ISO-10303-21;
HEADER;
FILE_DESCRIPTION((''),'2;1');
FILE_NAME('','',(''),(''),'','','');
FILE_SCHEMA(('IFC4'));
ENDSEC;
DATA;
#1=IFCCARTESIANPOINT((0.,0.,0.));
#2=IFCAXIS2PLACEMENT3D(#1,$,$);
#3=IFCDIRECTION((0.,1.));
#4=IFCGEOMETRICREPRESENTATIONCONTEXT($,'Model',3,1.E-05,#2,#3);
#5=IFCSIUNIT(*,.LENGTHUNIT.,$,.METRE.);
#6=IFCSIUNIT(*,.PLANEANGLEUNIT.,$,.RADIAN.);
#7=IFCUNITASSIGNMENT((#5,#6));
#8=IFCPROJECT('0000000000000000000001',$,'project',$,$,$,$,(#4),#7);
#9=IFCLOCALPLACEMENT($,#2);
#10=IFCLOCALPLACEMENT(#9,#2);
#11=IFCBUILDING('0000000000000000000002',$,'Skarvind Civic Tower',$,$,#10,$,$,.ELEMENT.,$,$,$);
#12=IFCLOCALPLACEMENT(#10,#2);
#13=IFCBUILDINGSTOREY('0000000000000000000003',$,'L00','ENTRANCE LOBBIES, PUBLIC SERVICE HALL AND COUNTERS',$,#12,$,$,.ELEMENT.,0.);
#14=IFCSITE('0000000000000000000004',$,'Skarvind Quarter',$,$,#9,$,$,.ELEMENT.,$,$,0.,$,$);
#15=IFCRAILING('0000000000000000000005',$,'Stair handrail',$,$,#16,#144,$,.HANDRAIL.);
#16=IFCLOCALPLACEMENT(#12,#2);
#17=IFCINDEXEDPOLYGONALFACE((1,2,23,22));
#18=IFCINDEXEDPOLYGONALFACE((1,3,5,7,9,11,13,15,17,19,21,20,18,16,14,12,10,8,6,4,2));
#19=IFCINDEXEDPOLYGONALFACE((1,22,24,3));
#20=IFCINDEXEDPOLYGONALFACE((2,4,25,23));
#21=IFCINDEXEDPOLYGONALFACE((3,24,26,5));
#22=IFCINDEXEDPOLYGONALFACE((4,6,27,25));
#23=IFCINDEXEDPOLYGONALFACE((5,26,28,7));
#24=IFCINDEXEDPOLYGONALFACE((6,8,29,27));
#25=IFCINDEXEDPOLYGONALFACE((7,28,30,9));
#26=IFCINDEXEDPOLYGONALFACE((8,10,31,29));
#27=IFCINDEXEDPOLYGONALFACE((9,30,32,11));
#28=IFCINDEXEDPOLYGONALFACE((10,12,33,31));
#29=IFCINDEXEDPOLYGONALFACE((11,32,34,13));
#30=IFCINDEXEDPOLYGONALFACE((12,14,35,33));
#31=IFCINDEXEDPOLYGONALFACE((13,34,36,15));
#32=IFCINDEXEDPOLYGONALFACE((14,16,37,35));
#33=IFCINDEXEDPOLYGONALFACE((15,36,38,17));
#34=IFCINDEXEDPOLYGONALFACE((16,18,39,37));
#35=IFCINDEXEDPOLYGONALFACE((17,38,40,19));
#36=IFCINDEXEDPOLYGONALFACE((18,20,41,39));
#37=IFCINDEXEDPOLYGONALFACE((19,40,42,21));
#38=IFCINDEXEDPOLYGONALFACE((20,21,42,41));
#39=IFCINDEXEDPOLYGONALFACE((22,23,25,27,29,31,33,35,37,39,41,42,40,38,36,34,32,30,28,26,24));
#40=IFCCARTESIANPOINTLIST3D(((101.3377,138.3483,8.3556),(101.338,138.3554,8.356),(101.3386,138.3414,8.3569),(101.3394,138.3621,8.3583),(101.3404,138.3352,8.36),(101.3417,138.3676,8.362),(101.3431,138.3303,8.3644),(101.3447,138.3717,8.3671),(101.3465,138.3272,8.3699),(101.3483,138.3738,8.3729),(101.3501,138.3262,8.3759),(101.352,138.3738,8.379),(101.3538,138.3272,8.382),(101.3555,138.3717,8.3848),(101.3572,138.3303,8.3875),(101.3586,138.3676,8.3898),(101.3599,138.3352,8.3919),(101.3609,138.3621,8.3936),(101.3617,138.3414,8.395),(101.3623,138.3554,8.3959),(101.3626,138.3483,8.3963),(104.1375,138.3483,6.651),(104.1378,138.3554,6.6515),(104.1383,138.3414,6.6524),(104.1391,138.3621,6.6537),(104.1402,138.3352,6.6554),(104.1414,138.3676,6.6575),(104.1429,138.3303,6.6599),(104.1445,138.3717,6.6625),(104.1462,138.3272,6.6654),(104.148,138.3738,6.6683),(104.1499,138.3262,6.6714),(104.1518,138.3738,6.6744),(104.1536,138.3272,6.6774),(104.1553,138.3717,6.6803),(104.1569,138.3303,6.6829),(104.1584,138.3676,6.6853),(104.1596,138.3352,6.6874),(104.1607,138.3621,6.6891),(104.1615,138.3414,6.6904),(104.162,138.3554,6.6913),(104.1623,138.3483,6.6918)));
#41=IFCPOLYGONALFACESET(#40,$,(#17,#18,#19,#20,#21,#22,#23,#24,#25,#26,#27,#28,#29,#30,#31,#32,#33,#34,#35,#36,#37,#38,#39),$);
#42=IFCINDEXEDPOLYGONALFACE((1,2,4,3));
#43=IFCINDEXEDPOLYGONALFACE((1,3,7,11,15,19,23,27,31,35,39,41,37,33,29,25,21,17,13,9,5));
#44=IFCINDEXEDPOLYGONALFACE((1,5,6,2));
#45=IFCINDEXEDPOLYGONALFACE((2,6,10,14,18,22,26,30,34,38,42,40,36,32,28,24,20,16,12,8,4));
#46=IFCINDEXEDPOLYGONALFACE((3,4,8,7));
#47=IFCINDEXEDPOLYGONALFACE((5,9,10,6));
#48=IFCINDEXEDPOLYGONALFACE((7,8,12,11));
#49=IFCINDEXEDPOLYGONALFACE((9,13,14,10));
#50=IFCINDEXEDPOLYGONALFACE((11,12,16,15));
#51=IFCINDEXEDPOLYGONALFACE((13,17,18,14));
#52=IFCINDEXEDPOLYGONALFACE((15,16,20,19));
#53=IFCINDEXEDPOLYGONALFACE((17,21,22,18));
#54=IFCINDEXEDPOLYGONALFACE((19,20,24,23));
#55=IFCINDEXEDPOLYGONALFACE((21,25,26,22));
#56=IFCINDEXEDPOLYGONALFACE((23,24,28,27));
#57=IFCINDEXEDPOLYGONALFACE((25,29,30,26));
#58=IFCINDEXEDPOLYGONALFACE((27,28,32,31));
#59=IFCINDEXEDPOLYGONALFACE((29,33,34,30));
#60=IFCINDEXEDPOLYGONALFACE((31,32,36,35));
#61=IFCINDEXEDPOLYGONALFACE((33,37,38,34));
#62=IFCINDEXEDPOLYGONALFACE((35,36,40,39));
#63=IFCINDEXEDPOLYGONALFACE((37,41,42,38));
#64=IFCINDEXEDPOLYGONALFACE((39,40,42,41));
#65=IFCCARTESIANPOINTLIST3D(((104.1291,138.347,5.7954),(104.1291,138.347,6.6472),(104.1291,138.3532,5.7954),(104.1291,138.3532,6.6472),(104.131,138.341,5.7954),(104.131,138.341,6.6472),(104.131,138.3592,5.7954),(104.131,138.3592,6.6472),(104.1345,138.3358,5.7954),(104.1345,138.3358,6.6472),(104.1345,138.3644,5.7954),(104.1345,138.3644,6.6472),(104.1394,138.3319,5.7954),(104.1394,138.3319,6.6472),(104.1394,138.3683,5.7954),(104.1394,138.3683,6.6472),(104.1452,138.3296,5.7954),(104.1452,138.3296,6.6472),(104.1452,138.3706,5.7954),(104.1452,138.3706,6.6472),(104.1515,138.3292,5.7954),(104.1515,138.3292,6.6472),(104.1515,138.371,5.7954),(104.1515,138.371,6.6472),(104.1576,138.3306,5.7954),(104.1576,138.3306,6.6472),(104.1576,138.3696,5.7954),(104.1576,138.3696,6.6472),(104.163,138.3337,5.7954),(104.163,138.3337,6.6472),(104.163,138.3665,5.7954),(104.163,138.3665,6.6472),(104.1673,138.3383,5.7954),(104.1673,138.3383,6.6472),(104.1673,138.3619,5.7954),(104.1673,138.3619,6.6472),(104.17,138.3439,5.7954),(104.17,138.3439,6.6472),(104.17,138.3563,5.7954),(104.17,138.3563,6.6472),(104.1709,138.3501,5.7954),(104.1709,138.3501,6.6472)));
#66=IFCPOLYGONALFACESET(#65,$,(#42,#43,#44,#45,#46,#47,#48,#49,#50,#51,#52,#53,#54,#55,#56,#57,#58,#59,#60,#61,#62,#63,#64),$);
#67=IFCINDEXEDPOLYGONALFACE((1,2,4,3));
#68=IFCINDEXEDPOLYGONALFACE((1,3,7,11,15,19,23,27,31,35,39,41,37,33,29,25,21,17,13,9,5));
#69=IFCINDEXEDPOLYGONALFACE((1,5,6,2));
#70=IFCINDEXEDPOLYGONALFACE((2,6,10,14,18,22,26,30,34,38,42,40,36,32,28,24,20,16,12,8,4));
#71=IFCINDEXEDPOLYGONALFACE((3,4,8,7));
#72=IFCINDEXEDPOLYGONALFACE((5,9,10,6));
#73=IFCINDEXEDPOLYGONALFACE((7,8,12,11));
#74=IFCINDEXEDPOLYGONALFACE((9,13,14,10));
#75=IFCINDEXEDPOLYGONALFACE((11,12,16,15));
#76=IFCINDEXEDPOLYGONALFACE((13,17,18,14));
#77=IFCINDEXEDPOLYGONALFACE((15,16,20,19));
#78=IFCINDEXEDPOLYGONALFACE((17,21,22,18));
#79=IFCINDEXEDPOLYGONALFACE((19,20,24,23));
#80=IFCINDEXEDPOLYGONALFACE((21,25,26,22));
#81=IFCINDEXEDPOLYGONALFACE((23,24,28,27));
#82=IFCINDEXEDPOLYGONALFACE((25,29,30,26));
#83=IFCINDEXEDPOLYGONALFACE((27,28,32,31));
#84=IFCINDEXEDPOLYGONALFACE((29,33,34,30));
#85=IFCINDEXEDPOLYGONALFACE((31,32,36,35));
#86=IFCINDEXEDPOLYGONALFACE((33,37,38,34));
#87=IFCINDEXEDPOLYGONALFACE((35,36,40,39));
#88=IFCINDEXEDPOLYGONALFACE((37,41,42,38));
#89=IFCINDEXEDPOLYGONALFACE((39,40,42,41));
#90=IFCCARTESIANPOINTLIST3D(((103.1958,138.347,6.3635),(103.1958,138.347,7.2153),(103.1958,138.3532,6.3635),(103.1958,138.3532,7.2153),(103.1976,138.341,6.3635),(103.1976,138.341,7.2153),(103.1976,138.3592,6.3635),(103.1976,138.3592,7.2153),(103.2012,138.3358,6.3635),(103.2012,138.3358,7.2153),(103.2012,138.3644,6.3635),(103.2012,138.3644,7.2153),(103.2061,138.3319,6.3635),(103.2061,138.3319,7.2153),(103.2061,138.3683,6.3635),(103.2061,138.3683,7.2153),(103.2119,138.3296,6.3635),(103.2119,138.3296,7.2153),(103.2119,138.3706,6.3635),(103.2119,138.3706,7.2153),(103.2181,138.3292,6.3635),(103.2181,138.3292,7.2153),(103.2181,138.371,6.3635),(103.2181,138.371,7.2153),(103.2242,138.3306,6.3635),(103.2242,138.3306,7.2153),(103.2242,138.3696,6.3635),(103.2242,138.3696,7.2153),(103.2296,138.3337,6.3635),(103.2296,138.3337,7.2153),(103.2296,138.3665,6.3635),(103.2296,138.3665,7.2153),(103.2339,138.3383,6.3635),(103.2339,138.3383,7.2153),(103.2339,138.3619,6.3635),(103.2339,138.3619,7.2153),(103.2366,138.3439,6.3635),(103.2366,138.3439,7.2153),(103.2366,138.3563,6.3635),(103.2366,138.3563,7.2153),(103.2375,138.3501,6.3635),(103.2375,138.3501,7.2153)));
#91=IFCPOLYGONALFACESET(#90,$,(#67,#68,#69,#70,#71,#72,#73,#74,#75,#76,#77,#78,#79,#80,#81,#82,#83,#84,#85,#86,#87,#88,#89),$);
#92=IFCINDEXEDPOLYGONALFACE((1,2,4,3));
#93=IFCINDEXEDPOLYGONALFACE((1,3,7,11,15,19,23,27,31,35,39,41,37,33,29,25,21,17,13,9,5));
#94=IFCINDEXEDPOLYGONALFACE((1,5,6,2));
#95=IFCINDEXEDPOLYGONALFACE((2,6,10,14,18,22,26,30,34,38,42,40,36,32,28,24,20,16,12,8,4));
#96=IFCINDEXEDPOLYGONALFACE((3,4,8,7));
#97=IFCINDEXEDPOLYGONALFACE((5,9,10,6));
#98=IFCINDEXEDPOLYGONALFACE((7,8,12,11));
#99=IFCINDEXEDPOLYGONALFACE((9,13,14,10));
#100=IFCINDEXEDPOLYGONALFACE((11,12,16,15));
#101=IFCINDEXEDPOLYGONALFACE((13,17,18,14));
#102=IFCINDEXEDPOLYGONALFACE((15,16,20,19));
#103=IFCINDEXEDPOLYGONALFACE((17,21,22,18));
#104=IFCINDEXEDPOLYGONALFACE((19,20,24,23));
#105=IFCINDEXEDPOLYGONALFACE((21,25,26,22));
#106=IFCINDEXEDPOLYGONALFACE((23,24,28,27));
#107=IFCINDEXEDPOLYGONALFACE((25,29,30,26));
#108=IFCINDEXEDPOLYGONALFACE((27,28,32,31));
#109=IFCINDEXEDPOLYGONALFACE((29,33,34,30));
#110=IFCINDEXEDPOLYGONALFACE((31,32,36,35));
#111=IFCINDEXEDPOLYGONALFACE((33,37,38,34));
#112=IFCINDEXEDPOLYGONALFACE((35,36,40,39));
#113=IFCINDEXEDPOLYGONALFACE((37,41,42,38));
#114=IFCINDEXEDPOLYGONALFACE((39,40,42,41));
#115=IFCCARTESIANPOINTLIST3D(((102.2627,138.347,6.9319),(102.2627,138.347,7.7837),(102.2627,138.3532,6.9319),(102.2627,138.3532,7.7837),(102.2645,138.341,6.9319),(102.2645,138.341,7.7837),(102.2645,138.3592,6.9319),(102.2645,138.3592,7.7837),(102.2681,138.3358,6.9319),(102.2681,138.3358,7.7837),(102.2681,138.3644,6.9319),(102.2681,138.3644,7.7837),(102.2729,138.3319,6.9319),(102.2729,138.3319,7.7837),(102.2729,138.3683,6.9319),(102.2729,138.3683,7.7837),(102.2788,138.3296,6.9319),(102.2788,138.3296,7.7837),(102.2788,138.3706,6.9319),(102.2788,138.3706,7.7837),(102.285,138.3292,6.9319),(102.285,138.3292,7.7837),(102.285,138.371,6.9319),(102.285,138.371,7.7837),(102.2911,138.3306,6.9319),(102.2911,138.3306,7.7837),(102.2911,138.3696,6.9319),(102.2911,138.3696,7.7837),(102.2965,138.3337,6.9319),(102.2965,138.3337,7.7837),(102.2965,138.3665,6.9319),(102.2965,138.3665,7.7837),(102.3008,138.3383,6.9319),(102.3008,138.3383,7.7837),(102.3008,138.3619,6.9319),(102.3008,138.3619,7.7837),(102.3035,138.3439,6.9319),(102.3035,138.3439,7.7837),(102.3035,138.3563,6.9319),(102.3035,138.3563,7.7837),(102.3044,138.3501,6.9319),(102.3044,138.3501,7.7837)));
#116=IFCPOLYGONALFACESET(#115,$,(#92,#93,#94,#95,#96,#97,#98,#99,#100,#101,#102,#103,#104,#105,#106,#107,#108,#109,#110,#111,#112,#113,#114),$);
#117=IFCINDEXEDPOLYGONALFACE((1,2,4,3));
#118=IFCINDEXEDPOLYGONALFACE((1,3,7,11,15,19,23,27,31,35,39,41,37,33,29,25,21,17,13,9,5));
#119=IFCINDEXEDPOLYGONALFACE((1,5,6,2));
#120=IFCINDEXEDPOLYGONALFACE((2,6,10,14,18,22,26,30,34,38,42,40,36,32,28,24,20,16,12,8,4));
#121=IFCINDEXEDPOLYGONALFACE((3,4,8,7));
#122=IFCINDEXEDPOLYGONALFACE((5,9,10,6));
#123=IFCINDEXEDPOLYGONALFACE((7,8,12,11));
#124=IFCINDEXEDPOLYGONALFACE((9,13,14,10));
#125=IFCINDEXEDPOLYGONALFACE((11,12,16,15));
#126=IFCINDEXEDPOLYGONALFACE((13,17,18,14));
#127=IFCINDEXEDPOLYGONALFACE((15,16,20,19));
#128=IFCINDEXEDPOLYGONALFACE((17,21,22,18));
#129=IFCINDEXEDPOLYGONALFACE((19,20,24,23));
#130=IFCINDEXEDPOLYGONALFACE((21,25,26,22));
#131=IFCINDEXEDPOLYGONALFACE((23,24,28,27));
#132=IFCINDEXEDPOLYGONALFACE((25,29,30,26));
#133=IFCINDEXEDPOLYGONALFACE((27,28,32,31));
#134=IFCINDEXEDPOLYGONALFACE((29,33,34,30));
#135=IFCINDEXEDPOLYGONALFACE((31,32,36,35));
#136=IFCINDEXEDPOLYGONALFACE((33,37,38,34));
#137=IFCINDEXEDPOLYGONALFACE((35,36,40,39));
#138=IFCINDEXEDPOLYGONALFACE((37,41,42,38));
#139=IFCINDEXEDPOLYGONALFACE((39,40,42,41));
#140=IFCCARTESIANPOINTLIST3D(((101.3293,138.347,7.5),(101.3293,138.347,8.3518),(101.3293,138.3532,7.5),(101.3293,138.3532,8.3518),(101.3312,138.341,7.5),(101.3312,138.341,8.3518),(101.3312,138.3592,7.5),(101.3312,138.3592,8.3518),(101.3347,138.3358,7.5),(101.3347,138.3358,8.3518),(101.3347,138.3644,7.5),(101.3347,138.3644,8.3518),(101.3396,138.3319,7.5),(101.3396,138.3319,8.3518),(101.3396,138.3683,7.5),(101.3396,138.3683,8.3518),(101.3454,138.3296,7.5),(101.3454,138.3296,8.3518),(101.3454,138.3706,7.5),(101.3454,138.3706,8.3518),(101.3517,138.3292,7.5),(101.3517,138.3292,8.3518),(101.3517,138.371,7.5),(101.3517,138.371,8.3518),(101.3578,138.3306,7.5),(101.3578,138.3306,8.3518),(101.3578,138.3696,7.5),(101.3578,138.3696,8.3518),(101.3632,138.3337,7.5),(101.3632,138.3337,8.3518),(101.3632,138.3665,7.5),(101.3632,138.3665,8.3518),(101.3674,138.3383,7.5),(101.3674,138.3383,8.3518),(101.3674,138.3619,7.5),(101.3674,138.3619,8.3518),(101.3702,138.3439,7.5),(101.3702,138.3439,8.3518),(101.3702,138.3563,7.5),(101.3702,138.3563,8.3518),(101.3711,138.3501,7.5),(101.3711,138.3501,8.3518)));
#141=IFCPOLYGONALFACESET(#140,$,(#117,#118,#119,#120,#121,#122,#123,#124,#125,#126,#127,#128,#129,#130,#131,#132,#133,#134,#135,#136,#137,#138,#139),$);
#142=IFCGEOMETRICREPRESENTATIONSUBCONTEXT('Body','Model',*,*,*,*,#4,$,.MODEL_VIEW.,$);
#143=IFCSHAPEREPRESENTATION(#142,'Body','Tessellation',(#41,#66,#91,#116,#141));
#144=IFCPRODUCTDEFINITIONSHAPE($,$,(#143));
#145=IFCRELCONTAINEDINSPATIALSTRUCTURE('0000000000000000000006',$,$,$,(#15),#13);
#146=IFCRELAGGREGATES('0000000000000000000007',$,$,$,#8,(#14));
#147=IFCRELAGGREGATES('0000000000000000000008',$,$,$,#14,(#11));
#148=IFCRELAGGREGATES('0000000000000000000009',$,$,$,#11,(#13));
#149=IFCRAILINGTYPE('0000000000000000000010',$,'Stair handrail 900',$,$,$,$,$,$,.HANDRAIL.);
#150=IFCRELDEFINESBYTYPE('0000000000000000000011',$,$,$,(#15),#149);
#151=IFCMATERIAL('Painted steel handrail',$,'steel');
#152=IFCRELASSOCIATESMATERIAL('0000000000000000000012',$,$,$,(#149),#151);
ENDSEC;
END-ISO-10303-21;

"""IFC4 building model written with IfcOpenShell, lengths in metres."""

from ifc_helpers import new_model, si_unit, direction, frame, origin, origin_2d, place, context, subcontext, project, spatial, circle, extrude, material, type_object, element, save


model = new_model("IFC4")

# Units and contexts
model_context = context("Model", 3, precision=1e-05, world=origin(), true_north=direction((0.0, 1.0)))
body_context = subcontext(model_context, "Body", "Model", "MODEL_VIEW")
ifc_project = project(units=[si_unit("LENGTHUNIT", "METRE"), si_unit("PLANEANGLEUNIT", "RADIAN")], contexts=[model_context])

# Site, building, storey
site_placement = place(None, origin())
site = spatial("IfcSite", under=ifc_project, at=site_placement, Name="Skarvind Quarter", CompositionType="ELEMENT", RefElevation=0.0)
building_placement = place(site_placement, origin())
building = spatial("IfcBuilding", under=site, at=building_placement, Name="Skarvind Civic Tower", CompositionType="ELEMENT")
storey_placement = place(building_placement, origin())
storey = spatial("IfcBuildingStorey", under=building, at=storey_placement, Name="L00", Description="ENTRANCE LOBBIES, PUBLIC SERVICE HALL AND COUNTERS", CompositionType="ELEMENT", Elevation=0.0)

# Railing
ifc_material_1 = material(Name="Painted steel handrail", Category="steel")
railing_type = type_object("IfcRailingType", Name="Stair handrail 900", PredefinedType="HANDRAIL", material=ifc_material_1)
for number, where, name in (
    (1, (104.1499, 138.3501, 5.7954), "Stair handrail"),
):
    element("IfcRailing", number, at=place(storey_placement, frame(where)), inside=storey, type_object=railing_type, Name=name, PredefinedType="HANDRAIL", context=body_context, shape_type="SweptSolid", body=[
        extrude(circle(Radius=0.0239, at=origin_2d()), frame((0.0, 0.0, 0.876), z_axis=(-0.85415, 0.0, 0.520027), x_axis=(0.0, -1.0, 0.0)), (0.0, 0.0, 1.0), 3.2778),
        extrude(circle(Radius=0.021, at=origin_2d()), origin(), (0.0, 0.0, 1.0), 0.8518),
        extrude(circle(Radius=0.021, at=origin_2d()), frame((-0.9333, 0.0, 0.5681)), (0.0, 0.0, 1.0), 0.8518),
        extrude(circle(Radius=0.021, at=origin_2d()), frame((-1.8665, 0.0, 1.1365)), (0.0, 0.0, 1.0), 0.8518),
        extrude(circle(Radius=0.021, at=origin_2d()), frame((-2.7998, 0.0, 1.7046)), (0.0, 0.0, 1.0), 0.8518),
    ])

save(model, "model.ifc")
